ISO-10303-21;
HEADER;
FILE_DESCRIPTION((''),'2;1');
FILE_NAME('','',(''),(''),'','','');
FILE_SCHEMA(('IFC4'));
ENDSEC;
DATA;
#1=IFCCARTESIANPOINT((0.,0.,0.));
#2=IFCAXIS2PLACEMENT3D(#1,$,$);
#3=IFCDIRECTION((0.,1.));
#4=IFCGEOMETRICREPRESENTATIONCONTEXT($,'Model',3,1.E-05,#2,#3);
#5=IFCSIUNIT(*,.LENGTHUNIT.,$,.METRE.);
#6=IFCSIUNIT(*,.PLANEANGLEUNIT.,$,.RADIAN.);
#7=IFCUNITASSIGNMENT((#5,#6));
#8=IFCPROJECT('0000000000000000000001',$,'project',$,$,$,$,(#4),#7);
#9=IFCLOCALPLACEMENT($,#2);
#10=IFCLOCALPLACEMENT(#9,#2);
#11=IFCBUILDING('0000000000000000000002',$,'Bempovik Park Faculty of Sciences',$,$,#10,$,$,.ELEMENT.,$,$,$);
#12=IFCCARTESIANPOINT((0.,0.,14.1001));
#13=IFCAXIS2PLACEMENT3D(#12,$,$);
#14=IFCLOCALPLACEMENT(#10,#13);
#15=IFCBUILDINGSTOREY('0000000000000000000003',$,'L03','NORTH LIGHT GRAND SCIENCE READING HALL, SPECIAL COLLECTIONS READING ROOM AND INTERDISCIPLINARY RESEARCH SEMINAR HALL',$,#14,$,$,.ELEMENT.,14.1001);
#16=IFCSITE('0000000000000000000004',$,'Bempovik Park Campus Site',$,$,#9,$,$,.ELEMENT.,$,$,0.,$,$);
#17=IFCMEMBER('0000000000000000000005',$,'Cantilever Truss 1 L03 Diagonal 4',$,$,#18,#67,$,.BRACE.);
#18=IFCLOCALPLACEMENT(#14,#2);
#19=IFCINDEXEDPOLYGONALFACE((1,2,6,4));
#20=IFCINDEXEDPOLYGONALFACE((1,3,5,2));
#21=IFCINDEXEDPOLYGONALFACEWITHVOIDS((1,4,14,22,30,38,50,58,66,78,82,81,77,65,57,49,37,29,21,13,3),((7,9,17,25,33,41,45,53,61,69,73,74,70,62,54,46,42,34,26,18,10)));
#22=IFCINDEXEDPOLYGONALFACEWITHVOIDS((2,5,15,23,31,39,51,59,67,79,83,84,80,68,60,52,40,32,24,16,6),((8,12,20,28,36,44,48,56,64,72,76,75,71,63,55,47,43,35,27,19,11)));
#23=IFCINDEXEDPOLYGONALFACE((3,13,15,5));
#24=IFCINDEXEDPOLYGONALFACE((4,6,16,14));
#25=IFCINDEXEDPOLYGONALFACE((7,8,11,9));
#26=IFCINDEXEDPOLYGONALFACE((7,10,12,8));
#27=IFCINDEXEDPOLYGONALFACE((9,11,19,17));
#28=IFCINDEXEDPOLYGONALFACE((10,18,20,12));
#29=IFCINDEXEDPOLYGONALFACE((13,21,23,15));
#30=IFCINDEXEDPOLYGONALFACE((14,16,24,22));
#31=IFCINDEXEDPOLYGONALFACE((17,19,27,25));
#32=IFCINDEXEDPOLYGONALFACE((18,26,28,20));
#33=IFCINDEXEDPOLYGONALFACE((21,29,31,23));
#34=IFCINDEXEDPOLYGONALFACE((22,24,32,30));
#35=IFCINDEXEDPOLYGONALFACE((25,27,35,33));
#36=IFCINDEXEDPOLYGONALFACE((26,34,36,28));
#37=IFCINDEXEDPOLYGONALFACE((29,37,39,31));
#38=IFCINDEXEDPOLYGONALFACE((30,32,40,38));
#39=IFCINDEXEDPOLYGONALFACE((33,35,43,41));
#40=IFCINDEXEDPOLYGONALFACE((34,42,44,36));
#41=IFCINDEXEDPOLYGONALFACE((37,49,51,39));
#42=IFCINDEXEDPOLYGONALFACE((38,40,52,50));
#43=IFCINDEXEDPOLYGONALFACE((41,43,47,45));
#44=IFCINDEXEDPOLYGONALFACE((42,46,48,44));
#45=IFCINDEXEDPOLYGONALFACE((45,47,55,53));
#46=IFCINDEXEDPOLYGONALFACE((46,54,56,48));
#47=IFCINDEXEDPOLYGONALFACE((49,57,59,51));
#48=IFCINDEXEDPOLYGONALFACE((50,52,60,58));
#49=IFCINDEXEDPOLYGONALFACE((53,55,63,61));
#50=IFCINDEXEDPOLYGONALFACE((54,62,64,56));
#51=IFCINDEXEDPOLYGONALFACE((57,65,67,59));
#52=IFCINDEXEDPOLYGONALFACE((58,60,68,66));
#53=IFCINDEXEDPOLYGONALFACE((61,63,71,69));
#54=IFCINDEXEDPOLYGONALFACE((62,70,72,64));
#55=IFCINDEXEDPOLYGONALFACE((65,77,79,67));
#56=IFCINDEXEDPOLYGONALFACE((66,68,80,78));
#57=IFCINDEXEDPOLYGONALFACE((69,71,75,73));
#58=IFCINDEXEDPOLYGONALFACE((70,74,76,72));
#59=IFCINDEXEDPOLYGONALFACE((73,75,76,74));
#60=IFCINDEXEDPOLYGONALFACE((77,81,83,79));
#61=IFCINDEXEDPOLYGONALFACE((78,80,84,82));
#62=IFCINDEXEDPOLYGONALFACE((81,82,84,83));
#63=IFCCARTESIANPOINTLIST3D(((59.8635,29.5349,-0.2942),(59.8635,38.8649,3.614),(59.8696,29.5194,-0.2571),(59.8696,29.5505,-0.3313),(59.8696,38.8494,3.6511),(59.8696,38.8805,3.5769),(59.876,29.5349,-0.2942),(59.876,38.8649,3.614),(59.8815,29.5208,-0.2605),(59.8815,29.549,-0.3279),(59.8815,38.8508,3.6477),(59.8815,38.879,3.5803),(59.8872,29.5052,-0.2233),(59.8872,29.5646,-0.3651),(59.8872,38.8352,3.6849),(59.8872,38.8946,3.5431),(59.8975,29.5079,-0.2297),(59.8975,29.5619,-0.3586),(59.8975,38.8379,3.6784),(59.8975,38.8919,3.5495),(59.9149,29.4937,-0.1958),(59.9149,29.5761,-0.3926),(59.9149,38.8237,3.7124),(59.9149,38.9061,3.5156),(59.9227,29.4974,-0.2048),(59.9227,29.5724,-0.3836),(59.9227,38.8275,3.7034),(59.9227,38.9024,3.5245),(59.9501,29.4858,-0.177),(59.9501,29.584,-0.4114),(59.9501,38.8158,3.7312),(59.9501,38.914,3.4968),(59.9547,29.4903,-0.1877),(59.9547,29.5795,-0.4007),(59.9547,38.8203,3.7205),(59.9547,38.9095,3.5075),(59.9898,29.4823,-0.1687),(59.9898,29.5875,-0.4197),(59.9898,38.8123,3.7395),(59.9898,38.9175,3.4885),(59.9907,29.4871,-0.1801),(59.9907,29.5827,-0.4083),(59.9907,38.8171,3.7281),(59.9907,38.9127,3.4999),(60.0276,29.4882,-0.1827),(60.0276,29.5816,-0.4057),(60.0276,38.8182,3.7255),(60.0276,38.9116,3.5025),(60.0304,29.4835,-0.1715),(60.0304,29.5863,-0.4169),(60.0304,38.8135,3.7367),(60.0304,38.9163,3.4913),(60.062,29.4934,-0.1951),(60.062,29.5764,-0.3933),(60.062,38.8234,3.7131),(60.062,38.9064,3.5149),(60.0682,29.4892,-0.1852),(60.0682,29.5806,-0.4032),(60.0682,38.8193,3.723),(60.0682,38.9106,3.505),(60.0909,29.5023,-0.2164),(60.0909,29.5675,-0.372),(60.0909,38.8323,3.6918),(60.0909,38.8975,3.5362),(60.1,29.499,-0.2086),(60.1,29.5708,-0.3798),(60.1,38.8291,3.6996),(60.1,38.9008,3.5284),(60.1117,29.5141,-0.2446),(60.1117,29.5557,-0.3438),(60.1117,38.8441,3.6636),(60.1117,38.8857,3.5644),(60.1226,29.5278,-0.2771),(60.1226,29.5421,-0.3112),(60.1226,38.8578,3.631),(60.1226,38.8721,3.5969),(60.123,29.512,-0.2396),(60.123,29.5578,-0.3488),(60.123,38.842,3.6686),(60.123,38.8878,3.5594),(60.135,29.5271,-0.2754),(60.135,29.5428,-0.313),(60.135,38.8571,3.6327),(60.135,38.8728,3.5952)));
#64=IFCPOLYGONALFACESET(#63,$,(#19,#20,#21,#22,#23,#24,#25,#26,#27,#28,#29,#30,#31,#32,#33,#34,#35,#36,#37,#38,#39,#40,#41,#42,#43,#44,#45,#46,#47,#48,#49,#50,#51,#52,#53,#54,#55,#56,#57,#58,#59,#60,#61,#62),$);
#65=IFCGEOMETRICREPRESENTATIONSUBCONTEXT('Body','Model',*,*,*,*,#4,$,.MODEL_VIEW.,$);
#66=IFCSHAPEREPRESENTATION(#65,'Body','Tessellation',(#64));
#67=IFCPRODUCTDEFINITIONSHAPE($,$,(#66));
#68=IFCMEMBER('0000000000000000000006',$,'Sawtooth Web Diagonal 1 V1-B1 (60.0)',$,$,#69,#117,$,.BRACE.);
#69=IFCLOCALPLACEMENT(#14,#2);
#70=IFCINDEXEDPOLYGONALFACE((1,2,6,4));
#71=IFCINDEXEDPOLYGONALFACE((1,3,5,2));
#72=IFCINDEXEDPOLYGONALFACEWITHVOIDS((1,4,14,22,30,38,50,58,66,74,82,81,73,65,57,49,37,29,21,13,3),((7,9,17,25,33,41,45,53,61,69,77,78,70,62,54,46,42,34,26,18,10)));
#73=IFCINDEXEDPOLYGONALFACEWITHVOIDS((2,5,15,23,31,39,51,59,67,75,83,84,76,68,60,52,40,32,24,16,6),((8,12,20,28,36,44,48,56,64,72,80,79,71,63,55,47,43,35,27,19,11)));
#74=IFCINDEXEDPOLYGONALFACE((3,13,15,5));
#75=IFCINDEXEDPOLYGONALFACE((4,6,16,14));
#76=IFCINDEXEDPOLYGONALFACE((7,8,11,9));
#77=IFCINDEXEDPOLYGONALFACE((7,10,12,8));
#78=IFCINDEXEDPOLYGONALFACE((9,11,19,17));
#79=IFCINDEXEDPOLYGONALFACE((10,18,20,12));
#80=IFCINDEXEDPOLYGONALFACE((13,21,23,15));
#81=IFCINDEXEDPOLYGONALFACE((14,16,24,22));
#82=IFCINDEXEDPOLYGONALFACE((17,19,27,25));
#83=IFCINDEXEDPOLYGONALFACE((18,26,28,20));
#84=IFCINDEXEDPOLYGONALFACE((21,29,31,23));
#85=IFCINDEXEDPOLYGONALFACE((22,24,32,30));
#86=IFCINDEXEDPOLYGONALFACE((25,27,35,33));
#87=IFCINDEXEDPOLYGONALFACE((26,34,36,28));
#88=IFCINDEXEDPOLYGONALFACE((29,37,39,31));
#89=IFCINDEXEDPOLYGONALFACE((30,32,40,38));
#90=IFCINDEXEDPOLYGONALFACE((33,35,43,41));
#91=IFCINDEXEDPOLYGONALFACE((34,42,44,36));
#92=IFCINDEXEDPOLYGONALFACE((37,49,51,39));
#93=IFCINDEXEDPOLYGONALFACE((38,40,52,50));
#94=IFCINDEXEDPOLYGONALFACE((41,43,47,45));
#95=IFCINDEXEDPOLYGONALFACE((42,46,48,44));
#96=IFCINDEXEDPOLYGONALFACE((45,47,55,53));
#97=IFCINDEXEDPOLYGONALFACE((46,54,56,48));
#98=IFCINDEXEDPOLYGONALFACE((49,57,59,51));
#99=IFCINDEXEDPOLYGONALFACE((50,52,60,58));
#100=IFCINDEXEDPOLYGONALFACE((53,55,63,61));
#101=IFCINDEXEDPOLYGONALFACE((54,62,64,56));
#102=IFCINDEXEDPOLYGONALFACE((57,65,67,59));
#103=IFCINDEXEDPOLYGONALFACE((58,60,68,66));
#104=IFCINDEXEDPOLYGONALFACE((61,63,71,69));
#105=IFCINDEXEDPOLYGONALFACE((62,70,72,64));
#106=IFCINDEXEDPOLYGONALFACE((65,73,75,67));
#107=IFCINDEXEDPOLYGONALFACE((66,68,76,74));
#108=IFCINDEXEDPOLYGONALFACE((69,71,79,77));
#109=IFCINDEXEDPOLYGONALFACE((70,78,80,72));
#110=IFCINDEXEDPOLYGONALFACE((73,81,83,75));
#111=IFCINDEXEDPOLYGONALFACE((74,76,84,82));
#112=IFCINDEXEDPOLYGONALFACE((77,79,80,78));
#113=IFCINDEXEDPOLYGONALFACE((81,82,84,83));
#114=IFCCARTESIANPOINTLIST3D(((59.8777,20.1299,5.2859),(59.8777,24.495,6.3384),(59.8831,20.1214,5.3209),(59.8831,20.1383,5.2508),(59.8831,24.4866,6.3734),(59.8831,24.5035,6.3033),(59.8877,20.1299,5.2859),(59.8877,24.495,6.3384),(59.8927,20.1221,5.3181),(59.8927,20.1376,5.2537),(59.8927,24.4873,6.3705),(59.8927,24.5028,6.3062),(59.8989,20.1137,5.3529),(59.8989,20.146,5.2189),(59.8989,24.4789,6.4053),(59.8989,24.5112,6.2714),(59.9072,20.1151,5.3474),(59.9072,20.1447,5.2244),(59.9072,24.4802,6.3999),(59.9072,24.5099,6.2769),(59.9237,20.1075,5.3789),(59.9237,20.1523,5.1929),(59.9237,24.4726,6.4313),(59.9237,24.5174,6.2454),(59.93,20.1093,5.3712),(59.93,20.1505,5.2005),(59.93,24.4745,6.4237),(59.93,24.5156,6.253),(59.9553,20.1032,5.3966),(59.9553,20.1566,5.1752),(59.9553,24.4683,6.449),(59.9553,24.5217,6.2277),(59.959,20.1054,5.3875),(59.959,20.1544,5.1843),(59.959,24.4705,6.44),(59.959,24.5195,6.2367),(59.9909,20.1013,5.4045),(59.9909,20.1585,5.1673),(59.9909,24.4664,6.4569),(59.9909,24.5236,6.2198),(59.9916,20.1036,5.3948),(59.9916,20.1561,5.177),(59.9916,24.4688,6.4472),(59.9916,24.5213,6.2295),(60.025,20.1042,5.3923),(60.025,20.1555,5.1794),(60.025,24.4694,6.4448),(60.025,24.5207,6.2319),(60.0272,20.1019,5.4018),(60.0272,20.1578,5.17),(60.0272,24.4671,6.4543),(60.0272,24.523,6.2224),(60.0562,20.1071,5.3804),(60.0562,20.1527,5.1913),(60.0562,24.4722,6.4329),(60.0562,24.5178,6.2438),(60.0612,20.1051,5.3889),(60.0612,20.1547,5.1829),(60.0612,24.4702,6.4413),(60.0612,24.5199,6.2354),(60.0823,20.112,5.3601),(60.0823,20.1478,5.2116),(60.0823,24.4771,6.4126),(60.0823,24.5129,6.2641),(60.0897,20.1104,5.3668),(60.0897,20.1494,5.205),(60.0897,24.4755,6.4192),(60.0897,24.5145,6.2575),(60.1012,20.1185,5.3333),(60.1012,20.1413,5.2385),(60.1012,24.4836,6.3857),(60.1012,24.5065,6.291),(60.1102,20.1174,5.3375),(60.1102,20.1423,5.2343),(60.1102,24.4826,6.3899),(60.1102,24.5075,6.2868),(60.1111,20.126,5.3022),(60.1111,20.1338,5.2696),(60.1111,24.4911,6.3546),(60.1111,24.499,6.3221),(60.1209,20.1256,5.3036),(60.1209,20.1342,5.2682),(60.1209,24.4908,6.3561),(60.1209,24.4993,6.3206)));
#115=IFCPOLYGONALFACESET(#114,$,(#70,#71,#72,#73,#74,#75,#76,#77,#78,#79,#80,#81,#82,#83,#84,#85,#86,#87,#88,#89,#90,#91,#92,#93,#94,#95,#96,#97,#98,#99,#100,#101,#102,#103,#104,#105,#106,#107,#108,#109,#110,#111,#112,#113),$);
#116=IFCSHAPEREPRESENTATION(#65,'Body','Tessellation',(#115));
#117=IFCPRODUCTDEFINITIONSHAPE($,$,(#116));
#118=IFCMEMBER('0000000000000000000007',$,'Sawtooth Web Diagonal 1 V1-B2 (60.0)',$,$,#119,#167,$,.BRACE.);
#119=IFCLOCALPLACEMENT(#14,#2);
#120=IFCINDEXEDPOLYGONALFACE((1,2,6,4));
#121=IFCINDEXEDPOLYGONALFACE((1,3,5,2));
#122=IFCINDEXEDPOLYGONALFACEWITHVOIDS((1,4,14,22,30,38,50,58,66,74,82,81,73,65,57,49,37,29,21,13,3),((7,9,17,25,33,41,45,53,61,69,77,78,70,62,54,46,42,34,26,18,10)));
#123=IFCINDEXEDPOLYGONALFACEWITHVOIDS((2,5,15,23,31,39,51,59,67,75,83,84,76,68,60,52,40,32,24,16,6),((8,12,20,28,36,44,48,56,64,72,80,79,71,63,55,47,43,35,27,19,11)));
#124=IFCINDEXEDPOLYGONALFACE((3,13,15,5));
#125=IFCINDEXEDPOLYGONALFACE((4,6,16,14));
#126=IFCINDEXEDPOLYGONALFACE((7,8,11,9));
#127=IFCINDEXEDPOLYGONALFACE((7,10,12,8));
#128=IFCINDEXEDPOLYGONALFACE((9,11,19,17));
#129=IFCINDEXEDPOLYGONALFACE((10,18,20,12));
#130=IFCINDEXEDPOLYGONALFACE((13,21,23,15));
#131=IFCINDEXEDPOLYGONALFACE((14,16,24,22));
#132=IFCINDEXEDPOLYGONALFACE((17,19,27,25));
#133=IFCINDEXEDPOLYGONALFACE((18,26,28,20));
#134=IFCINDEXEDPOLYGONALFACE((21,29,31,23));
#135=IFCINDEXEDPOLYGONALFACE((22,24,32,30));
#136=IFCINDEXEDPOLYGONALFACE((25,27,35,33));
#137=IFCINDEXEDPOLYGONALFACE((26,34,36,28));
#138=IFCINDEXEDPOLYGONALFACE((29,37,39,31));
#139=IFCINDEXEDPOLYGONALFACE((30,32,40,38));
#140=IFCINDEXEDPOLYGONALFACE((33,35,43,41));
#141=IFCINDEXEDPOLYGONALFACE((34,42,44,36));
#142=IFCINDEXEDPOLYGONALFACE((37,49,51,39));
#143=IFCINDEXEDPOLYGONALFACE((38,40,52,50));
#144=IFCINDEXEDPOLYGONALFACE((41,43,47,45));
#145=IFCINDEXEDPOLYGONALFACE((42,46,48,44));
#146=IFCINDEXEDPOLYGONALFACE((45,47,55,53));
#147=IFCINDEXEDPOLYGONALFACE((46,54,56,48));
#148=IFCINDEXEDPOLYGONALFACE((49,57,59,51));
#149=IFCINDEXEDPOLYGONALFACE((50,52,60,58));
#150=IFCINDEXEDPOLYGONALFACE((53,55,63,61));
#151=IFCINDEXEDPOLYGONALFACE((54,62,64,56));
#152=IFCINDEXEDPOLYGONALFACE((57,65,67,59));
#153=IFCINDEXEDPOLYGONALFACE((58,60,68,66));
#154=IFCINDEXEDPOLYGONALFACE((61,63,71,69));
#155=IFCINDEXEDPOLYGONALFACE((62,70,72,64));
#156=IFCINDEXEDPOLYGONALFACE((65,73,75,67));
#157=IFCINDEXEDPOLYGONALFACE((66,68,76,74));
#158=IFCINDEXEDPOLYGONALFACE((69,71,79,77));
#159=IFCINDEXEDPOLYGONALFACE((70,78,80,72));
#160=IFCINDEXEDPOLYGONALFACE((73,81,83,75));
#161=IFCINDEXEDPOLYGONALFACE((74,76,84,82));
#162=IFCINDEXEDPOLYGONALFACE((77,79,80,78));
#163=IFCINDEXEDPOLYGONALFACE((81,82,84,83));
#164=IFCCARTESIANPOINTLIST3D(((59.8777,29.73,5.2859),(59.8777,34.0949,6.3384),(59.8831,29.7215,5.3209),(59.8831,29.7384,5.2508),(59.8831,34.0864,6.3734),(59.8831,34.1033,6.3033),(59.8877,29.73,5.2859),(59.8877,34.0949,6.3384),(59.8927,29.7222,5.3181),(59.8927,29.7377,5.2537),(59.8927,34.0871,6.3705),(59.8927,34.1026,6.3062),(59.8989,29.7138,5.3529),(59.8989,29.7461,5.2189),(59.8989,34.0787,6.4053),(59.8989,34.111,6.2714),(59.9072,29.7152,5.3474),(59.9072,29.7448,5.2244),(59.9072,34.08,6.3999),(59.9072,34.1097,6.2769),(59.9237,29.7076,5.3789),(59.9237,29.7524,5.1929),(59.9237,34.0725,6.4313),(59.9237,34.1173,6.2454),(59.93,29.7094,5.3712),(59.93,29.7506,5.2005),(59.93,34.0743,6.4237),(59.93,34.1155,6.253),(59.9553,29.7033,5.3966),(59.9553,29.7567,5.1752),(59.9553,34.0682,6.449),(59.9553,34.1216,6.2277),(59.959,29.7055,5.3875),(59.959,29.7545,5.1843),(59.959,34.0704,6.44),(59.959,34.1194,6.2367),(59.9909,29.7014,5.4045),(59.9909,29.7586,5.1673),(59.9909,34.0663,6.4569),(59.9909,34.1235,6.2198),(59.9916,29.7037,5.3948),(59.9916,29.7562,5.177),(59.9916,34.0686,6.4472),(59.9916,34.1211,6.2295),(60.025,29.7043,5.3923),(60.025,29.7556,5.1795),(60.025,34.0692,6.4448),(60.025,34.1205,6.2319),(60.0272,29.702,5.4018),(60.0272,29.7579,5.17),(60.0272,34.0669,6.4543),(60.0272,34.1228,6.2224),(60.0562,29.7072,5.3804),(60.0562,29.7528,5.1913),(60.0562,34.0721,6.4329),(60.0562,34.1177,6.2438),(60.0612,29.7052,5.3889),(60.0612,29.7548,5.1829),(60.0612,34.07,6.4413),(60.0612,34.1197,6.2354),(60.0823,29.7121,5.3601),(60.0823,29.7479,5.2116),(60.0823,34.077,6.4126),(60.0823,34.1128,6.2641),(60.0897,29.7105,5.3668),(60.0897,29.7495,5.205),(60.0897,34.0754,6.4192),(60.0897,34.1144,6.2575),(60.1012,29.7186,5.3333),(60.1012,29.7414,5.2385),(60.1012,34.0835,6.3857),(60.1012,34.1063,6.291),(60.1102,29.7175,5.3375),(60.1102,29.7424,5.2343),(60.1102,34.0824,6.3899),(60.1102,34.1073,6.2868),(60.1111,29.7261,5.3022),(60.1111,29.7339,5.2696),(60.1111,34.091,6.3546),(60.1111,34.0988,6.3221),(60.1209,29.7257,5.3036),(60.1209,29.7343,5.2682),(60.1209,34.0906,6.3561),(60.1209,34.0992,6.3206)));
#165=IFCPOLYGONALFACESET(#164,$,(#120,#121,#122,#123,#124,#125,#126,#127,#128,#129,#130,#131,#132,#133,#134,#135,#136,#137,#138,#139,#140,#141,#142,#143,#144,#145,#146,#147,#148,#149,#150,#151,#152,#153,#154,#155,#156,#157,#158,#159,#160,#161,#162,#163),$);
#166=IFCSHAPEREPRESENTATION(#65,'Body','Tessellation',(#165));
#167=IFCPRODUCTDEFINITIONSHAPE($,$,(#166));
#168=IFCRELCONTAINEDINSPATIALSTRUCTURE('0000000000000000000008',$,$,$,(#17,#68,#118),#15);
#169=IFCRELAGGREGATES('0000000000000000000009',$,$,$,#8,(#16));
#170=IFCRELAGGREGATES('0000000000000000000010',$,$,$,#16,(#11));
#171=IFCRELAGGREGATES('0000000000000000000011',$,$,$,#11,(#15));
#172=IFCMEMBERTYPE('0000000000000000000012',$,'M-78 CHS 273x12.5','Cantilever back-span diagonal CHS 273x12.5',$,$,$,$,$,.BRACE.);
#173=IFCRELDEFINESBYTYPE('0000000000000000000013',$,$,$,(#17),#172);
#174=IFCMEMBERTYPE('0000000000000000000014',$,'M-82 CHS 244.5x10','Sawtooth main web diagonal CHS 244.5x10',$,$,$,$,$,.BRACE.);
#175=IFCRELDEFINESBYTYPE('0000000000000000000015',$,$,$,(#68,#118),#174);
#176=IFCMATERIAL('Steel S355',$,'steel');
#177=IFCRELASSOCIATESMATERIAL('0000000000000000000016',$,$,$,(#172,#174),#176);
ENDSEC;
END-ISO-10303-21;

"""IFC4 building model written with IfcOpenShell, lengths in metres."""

from ifc_helpers import new_model, si_unit, direction, frame, origin, origin_2d, place, context, subcontext, project, spatial, hollow_circle, extrude, material, material_profile, profile_set, type_object, element, save


model = new_model("IFC4")

# Units and contexts
model_context = context("Model", 3, precision=1e-05, world=origin(), true_north=direction((0.0, 1.0)))
body_context = subcontext(model_context, "Body", "Model", "MODEL_VIEW")
ifc_project = project(units=[si_unit("LENGTHUNIT", "METRE"), si_unit("PLANEANGLEUNIT", "RADIAN")], contexts=[model_context])

# Site, building, storey
site_placement = place(None, origin())
site = spatial("IfcSite", under=ifc_project, at=site_placement, Name="Bempovik Park Campus Site", CompositionType="ELEMENT", RefElevation=0.0)
building_placement = place(site_placement, origin())
building = spatial("IfcBuilding", under=site, at=building_placement, Name="Bempovik Park Faculty of Sciences", CompositionType="ELEMENT")
storey_placement = place(building_placement, frame((0.0, 0.0, 14.1001)))
storey = spatial("IfcBuildingStorey", under=building, at=storey_placement, Name="L03", Description="NORTH LIGHT GRAND SCIENCE READING HALL, SPECIAL COLLECTIONS READING ROOM AND INTERDISCIPLINARY RESEARCH SEMINAR HALL", CompositionType="ELEMENT", Elevation=14.1001)

# Shared definitions
ifc_material_1 = material(Name="Steel S355", Category="steel")

# Members
ifc_material_profile_1 = material_profile(ifc_material_1, hollow_circle(Radius=0.1365, WallThickness=0.0125, at=origin_2d()), Name="CHS 273x12.5")
ifc_profile_set_1 = profile_set([ifc_material_profile_1], Name="Steel S355")
member_type_1 = type_object("IfcMemberType", Name="M-78 CHS 273x12.5", Description="Cantilever back-span diagonal CHS 273x12.5", PredefinedType="BRACE", material=ifc_profile_set_1)
member_1_placement = place(storey_placement, frame((60.0, 29.5349, -0.2942), z_axis=(0.0, 0.92235, 0.386356), x_axis=(-1.0, 0.0, 0.0)))
element("IfcMember", 1, at=member_1_placement, inside=storey, type_object=member_type_1, Name="Cantilever Truss 1 L03 Diagonal 4", PredefinedType="BRACE", context=body_context, shape_type="SweptSolid", body=[
    extrude(hollow_circle(Radius=0.1365, WallThickness=0.0125, at=origin_2d()), origin(), (0.0, 0.0, 1.0), 10.1155),
])
ifc_material_profile_2 = material_profile(ifc_material_1, hollow_circle(Radius=0.1223, WallThickness=0.01, at=origin_2d()), Name="CHS 244.5x10")
ifc_profile_set_2 = profile_set([ifc_material_profile_2], Name="Steel S355")
member_type_2 = type_object("IfcMemberType", Name="M-82 CHS 244.5x10", Description="Sawtooth main web diagonal CHS 244.5x10", PredefinedType="BRACE", material=ifc_profile_set_2)
member_2_placement = place(storey_placement, frame((60.0, 20.1299, 5.2859), z_axis=(0.0, 0.972142, 0.234391), x_axis=(-1.0, 0.0, 0.0)))
element("IfcMember", 2, at=member_2_placement, inside=storey, type_object=member_type_2, Name="Sawtooth Web Diagonal 1 V1-B1 (60.0)", PredefinedType="BRACE", context=body_context, shape_type="SweptSolid", body=[
    extrude(hollow_circle(Radius=0.1223, WallThickness=0.01, at=origin_2d()), origin(), (0.0, 0.0, 1.0), 4.4902),
])
member_3_placement = place(storey_placement, frame((60.0, 29.73, 5.2859), z_axis=(0.0, 0.972139, 0.234403), x_axis=(-1.0, 0.0, 0.0)))
element("IfcMember", 3, at=member_3_placement, inside=storey, type_object=member_type_2, Name="Sawtooth Web Diagonal 1 V1-B2 (60.0)", PredefinedType="BRACE", context=body_context, shape_type="SweptSolid", body=[
    extrude(hollow_circle(Radius=0.1223, WallThickness=0.01, at=origin_2d()), origin(), (0.0, 0.0, 1.0), 4.49),
])

save(model, "model.ifc")
